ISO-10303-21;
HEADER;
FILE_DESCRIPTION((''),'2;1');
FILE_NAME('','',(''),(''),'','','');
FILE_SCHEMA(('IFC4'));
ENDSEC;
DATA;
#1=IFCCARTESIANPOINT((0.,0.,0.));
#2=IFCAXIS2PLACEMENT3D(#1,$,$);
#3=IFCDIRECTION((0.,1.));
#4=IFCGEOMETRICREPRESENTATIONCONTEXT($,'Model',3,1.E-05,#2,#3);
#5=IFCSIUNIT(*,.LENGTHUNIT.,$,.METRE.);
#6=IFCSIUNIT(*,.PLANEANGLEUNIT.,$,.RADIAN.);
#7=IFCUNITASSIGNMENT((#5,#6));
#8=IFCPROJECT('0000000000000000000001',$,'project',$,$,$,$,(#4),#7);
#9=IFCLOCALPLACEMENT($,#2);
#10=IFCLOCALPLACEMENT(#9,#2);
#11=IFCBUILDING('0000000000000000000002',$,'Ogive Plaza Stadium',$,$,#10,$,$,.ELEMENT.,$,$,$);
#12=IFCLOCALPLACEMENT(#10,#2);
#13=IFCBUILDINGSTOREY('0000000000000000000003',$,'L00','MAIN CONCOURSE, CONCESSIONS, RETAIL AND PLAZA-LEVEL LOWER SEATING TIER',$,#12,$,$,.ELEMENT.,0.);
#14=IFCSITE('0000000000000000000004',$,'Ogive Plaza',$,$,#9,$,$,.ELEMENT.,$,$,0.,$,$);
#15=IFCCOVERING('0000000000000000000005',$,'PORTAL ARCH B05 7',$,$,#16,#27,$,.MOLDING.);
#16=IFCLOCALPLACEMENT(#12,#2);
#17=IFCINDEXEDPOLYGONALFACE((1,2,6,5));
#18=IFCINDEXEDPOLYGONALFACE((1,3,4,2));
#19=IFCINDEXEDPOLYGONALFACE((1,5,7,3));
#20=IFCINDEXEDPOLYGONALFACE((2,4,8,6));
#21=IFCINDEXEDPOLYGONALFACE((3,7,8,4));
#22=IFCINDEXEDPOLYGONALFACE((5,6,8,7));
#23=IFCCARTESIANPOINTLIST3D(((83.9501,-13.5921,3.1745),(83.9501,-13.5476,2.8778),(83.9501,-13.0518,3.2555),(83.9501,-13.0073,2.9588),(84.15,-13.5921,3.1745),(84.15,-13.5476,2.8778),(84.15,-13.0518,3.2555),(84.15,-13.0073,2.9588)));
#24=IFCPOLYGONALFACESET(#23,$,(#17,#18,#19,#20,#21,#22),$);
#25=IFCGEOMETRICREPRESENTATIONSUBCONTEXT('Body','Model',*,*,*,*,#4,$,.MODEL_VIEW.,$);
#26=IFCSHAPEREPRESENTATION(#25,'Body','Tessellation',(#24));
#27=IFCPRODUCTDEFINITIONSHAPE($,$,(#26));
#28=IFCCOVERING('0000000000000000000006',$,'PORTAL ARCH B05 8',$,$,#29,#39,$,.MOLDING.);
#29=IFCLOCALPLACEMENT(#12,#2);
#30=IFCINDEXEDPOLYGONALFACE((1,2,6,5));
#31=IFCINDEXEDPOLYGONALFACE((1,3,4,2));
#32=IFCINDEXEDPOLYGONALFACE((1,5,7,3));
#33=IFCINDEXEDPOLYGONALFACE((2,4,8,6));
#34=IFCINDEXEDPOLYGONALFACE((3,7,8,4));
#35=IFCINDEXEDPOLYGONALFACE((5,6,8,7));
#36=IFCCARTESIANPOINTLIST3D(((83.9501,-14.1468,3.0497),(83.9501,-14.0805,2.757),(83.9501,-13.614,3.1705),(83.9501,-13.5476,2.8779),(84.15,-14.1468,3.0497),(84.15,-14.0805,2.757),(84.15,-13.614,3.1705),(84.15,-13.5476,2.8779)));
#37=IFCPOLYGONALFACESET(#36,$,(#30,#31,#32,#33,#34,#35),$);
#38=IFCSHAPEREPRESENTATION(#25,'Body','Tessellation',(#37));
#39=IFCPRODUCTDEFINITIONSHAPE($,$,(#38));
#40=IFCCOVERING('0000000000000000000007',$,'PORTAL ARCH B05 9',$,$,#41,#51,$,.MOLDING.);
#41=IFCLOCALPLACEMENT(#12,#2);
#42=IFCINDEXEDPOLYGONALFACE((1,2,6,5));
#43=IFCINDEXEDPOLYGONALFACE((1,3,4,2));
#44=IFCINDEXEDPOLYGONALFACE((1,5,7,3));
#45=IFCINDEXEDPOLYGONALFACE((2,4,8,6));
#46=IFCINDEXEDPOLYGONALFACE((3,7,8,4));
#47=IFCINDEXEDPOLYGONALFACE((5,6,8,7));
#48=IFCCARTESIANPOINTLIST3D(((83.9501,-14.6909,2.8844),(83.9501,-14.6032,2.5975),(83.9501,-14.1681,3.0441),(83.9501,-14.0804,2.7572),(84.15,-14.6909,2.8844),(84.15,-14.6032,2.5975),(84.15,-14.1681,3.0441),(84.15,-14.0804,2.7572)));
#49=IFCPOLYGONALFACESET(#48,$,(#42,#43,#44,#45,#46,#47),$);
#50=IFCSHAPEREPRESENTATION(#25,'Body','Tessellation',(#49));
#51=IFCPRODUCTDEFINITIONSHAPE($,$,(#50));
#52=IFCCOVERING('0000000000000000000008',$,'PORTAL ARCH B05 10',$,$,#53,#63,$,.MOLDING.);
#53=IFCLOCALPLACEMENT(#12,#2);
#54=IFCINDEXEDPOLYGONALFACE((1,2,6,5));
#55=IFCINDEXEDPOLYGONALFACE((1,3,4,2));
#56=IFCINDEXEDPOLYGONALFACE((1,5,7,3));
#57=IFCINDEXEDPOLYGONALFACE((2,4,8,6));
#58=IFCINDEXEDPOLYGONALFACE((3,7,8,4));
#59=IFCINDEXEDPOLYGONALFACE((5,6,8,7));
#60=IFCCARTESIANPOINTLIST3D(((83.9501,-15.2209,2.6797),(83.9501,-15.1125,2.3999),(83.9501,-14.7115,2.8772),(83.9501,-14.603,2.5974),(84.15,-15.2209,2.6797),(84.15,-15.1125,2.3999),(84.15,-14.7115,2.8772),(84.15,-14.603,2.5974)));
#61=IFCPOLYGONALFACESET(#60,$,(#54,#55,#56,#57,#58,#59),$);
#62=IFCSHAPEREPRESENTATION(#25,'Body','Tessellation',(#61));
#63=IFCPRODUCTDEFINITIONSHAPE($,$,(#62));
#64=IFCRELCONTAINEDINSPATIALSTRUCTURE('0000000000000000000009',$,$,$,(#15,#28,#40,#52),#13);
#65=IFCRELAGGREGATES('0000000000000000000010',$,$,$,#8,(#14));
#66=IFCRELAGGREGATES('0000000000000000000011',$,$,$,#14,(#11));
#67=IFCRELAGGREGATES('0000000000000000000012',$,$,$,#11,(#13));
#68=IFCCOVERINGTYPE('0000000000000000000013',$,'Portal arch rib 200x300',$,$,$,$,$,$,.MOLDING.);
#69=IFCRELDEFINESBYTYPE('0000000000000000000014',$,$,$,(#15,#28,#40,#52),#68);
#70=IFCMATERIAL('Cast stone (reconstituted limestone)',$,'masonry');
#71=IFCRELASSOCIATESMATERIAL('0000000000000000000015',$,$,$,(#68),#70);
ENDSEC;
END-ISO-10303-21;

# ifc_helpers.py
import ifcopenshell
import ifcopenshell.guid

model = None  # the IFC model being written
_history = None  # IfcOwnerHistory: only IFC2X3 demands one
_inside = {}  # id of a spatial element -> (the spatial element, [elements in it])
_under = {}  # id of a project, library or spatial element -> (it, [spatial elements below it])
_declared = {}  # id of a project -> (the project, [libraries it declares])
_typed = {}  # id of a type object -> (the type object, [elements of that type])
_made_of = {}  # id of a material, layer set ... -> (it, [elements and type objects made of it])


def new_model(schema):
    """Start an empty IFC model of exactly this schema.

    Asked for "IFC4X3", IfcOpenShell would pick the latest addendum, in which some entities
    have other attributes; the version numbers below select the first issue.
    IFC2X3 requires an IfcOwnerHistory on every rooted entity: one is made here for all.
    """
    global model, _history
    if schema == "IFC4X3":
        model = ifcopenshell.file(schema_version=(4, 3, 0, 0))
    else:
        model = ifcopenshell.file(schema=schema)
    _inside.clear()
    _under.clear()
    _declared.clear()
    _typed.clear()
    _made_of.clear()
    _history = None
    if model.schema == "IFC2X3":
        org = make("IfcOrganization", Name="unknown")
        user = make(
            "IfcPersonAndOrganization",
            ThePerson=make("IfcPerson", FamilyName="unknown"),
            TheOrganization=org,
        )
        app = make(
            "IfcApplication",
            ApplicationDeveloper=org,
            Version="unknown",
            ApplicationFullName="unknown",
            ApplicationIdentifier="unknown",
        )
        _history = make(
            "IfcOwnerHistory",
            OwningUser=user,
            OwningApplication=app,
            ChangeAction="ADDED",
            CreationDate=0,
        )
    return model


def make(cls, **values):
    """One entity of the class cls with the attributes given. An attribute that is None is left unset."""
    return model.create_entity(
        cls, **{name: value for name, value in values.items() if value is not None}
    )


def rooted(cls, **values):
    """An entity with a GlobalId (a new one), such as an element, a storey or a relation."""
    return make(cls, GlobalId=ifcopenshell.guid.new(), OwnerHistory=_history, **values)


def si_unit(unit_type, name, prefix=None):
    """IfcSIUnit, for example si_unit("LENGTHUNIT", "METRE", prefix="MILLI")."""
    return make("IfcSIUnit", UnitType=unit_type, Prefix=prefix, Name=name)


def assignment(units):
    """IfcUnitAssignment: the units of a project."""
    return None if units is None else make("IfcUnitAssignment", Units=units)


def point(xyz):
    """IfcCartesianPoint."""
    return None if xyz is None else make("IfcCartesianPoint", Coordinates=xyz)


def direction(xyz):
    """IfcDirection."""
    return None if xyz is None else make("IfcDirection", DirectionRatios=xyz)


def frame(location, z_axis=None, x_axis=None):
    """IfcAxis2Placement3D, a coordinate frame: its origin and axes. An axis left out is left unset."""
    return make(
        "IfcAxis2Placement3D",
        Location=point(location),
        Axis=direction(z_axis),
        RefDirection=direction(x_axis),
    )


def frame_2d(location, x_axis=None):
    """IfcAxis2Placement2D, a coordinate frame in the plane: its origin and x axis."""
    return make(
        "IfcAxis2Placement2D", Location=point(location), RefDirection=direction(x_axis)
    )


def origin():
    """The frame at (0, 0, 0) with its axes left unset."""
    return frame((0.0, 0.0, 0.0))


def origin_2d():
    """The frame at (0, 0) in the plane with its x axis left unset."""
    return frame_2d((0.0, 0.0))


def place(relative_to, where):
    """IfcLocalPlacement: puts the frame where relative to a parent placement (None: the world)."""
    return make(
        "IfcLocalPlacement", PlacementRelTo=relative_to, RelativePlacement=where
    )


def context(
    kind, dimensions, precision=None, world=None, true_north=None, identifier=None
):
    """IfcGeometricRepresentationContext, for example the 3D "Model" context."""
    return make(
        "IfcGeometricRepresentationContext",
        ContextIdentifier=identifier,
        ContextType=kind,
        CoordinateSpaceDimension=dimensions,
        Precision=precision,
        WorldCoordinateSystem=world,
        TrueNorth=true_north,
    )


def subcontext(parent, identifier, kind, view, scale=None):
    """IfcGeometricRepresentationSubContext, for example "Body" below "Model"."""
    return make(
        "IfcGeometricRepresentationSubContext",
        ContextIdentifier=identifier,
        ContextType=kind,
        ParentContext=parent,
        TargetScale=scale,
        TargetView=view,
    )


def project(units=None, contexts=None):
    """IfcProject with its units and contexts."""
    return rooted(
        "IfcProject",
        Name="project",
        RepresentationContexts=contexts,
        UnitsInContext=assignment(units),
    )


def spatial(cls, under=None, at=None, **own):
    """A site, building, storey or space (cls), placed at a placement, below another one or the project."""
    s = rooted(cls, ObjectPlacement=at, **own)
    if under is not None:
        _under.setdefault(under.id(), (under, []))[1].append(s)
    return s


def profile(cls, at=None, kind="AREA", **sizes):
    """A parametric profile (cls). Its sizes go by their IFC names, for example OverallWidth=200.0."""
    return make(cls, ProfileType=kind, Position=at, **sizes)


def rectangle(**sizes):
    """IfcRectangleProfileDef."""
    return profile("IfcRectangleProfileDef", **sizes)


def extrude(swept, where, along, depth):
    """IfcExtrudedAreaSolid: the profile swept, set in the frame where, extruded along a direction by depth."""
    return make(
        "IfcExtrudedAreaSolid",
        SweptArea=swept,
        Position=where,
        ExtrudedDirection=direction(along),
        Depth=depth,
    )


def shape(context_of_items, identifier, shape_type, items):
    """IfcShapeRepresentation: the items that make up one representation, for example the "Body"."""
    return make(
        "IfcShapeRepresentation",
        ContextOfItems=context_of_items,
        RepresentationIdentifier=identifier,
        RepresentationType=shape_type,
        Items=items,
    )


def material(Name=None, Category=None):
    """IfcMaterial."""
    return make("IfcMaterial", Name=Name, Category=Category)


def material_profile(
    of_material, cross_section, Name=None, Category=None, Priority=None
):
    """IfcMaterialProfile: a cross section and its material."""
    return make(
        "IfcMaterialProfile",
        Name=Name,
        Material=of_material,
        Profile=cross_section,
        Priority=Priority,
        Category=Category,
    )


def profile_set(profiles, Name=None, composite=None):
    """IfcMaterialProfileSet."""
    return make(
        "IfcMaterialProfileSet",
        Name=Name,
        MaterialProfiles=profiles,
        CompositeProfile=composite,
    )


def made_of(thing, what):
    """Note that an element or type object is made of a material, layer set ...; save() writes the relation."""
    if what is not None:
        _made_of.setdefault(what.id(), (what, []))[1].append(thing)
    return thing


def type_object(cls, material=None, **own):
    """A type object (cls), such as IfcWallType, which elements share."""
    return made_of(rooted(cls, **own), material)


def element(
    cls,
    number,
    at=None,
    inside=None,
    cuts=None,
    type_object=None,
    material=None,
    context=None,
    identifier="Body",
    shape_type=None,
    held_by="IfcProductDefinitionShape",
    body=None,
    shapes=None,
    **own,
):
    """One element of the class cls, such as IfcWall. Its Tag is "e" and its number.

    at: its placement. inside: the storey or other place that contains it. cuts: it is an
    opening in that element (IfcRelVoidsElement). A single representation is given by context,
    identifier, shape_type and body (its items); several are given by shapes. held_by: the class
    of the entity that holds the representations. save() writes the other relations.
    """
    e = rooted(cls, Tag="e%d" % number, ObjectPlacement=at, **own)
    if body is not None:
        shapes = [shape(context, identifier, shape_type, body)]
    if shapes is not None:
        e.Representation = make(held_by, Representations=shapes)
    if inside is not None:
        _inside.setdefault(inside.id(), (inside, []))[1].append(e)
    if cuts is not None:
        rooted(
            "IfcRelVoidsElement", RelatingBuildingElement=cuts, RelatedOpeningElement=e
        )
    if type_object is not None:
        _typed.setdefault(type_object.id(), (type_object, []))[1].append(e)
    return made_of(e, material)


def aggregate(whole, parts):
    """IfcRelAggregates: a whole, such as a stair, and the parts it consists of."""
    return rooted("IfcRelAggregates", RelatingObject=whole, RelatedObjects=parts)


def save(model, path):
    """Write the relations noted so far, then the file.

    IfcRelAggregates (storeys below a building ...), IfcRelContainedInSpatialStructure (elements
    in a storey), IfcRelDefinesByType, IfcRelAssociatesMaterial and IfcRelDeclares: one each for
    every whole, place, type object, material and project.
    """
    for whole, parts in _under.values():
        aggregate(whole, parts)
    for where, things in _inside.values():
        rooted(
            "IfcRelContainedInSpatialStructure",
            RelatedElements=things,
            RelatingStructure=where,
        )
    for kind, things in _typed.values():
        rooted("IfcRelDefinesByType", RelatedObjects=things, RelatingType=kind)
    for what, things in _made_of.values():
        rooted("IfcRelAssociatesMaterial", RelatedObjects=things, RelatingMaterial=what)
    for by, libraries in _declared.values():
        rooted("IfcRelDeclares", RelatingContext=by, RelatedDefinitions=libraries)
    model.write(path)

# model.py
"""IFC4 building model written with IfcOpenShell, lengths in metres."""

from ifc_helpers import new_model, si_unit, direction, frame, origin, origin_2d, place, context, subcontext, project, spatial, rectangle, extrude, material, material_profile, profile_set, type_object, element, save


model = new_model("IFC4")

# Units and contexts
model_context = context("Model", 3, precision=1e-05, world=origin(), true_north=direction((0.0, 1.0)))
body_context = subcontext(model_context, "Body", "Model", "MODEL_VIEW")
ifc_project = project(units=[si_unit("LENGTHUNIT", "METRE"), si_unit("PLANEANGLEUNIT", "RADIAN")], contexts=[model_context])

# Site, building, storey
site_placement = place(None, origin())
site = spatial("IfcSite", under=ifc_project, at=site_placement, Name="Ogive Plaza", CompositionType="ELEMENT", RefElevation=0.0)
building_placement = place(site_placement, origin())
building = spatial("IfcBuilding", under=site, at=building_placement, Name="Ogive Plaza Stadium", CompositionType="ELEMENT")
storey_placement = place(building_placement, origin())
storey = spatial("IfcBuildingStorey", under=building, at=storey_placement, Name="L00", Description="MAIN CONCOURSE, CONCESSIONS, RETAIL AND PLAZA-LEVEL LOWER SEATING TIER", CompositionType="ELEMENT", Elevation=0.0)

# Coverings
ifc_material_1 = material(Name="Cast stone (reconstituted limestone)", Category="masonry")
ifc_material_profile_1 = material_profile(ifc_material_1, rectangle(XDim=0.2, YDim=0.3, at=origin_2d()), Name="Cast stone 200x300")
ifc_profile_set_1 = profile_set([ifc_material_profile_1], Name="Cast stone (reconstituted limestone)")
covering_type_1 = type_object("IfcCoveringType", Name="Portal arch rib 200x300", PredefinedType="MOLDING", material=ifc_profile_set_1)
for number, where, z_axis, x_axis, name in (
    (1, (84.05, -13.0295, 3.1072), (0.0, -0.988933, -0.148362), (1.0, 0.0, 0.0), "PORTAL ARCH B05 7"),
    (2, (84.05, -13.5808, 3.0242), (0.0, -0.975242, -0.221138), (1.0, 0.0, 0.0), "PORTAL ARCH B05 8"),
):
    element("IfcCovering", number, at=place(storey_placement, frame(where, z_axis=z_axis, x_axis=x_axis)), inside=storey, type_object=covering_type_1, Name=name, PredefinedType="MOLDING", context=body_context, shape_type="SweptSolid", body=[
        extrude(rectangle(XDim=0.2, YDim=0.3, at=origin_2d()), origin(), (0.0, 0.0, 1.0), 0.5464),
    ])
covering_1_placement = place(storey_placement, frame((84.05, -14.1243, 2.9006), z_axis=(0.0, -0.956376, -0.292139), x_axis=(1.0, 0.0, 0.0)))
element("IfcCovering", 3, at=covering_1_placement, inside=storey, type_object=covering_type_1, Name="PORTAL ARCH B05 9", PredefinedType="MOLDING", context=body_context, shape_type="SweptSolid", body=[
    extrude(rectangle(XDim=0.2, YDim=0.3, at=origin_2d()), origin(), (0.0, 0.0, 1.0), 0.5466),
])
covering_2_placement = place(storey_placement, frame((84.05, -14.6572, 2.7373), z_axis=(0.0, -0.932398, -0.361433), x_axis=(1.0, 0.0, 0.0)))
element("IfcCovering", 4, at=covering_2_placement, inside=storey, type_object=covering_type_1, Name="PORTAL ARCH B05 10", PredefinedType="MOLDING", context=body_context, shape_type="SweptSolid", body=[
    extrude(rectangle(XDim=0.2, YDim=0.3, at=origin_2d()), origin(), (0.0, 0.0, 1.0), 0.5464),
])

save(model, "model.ifc")
